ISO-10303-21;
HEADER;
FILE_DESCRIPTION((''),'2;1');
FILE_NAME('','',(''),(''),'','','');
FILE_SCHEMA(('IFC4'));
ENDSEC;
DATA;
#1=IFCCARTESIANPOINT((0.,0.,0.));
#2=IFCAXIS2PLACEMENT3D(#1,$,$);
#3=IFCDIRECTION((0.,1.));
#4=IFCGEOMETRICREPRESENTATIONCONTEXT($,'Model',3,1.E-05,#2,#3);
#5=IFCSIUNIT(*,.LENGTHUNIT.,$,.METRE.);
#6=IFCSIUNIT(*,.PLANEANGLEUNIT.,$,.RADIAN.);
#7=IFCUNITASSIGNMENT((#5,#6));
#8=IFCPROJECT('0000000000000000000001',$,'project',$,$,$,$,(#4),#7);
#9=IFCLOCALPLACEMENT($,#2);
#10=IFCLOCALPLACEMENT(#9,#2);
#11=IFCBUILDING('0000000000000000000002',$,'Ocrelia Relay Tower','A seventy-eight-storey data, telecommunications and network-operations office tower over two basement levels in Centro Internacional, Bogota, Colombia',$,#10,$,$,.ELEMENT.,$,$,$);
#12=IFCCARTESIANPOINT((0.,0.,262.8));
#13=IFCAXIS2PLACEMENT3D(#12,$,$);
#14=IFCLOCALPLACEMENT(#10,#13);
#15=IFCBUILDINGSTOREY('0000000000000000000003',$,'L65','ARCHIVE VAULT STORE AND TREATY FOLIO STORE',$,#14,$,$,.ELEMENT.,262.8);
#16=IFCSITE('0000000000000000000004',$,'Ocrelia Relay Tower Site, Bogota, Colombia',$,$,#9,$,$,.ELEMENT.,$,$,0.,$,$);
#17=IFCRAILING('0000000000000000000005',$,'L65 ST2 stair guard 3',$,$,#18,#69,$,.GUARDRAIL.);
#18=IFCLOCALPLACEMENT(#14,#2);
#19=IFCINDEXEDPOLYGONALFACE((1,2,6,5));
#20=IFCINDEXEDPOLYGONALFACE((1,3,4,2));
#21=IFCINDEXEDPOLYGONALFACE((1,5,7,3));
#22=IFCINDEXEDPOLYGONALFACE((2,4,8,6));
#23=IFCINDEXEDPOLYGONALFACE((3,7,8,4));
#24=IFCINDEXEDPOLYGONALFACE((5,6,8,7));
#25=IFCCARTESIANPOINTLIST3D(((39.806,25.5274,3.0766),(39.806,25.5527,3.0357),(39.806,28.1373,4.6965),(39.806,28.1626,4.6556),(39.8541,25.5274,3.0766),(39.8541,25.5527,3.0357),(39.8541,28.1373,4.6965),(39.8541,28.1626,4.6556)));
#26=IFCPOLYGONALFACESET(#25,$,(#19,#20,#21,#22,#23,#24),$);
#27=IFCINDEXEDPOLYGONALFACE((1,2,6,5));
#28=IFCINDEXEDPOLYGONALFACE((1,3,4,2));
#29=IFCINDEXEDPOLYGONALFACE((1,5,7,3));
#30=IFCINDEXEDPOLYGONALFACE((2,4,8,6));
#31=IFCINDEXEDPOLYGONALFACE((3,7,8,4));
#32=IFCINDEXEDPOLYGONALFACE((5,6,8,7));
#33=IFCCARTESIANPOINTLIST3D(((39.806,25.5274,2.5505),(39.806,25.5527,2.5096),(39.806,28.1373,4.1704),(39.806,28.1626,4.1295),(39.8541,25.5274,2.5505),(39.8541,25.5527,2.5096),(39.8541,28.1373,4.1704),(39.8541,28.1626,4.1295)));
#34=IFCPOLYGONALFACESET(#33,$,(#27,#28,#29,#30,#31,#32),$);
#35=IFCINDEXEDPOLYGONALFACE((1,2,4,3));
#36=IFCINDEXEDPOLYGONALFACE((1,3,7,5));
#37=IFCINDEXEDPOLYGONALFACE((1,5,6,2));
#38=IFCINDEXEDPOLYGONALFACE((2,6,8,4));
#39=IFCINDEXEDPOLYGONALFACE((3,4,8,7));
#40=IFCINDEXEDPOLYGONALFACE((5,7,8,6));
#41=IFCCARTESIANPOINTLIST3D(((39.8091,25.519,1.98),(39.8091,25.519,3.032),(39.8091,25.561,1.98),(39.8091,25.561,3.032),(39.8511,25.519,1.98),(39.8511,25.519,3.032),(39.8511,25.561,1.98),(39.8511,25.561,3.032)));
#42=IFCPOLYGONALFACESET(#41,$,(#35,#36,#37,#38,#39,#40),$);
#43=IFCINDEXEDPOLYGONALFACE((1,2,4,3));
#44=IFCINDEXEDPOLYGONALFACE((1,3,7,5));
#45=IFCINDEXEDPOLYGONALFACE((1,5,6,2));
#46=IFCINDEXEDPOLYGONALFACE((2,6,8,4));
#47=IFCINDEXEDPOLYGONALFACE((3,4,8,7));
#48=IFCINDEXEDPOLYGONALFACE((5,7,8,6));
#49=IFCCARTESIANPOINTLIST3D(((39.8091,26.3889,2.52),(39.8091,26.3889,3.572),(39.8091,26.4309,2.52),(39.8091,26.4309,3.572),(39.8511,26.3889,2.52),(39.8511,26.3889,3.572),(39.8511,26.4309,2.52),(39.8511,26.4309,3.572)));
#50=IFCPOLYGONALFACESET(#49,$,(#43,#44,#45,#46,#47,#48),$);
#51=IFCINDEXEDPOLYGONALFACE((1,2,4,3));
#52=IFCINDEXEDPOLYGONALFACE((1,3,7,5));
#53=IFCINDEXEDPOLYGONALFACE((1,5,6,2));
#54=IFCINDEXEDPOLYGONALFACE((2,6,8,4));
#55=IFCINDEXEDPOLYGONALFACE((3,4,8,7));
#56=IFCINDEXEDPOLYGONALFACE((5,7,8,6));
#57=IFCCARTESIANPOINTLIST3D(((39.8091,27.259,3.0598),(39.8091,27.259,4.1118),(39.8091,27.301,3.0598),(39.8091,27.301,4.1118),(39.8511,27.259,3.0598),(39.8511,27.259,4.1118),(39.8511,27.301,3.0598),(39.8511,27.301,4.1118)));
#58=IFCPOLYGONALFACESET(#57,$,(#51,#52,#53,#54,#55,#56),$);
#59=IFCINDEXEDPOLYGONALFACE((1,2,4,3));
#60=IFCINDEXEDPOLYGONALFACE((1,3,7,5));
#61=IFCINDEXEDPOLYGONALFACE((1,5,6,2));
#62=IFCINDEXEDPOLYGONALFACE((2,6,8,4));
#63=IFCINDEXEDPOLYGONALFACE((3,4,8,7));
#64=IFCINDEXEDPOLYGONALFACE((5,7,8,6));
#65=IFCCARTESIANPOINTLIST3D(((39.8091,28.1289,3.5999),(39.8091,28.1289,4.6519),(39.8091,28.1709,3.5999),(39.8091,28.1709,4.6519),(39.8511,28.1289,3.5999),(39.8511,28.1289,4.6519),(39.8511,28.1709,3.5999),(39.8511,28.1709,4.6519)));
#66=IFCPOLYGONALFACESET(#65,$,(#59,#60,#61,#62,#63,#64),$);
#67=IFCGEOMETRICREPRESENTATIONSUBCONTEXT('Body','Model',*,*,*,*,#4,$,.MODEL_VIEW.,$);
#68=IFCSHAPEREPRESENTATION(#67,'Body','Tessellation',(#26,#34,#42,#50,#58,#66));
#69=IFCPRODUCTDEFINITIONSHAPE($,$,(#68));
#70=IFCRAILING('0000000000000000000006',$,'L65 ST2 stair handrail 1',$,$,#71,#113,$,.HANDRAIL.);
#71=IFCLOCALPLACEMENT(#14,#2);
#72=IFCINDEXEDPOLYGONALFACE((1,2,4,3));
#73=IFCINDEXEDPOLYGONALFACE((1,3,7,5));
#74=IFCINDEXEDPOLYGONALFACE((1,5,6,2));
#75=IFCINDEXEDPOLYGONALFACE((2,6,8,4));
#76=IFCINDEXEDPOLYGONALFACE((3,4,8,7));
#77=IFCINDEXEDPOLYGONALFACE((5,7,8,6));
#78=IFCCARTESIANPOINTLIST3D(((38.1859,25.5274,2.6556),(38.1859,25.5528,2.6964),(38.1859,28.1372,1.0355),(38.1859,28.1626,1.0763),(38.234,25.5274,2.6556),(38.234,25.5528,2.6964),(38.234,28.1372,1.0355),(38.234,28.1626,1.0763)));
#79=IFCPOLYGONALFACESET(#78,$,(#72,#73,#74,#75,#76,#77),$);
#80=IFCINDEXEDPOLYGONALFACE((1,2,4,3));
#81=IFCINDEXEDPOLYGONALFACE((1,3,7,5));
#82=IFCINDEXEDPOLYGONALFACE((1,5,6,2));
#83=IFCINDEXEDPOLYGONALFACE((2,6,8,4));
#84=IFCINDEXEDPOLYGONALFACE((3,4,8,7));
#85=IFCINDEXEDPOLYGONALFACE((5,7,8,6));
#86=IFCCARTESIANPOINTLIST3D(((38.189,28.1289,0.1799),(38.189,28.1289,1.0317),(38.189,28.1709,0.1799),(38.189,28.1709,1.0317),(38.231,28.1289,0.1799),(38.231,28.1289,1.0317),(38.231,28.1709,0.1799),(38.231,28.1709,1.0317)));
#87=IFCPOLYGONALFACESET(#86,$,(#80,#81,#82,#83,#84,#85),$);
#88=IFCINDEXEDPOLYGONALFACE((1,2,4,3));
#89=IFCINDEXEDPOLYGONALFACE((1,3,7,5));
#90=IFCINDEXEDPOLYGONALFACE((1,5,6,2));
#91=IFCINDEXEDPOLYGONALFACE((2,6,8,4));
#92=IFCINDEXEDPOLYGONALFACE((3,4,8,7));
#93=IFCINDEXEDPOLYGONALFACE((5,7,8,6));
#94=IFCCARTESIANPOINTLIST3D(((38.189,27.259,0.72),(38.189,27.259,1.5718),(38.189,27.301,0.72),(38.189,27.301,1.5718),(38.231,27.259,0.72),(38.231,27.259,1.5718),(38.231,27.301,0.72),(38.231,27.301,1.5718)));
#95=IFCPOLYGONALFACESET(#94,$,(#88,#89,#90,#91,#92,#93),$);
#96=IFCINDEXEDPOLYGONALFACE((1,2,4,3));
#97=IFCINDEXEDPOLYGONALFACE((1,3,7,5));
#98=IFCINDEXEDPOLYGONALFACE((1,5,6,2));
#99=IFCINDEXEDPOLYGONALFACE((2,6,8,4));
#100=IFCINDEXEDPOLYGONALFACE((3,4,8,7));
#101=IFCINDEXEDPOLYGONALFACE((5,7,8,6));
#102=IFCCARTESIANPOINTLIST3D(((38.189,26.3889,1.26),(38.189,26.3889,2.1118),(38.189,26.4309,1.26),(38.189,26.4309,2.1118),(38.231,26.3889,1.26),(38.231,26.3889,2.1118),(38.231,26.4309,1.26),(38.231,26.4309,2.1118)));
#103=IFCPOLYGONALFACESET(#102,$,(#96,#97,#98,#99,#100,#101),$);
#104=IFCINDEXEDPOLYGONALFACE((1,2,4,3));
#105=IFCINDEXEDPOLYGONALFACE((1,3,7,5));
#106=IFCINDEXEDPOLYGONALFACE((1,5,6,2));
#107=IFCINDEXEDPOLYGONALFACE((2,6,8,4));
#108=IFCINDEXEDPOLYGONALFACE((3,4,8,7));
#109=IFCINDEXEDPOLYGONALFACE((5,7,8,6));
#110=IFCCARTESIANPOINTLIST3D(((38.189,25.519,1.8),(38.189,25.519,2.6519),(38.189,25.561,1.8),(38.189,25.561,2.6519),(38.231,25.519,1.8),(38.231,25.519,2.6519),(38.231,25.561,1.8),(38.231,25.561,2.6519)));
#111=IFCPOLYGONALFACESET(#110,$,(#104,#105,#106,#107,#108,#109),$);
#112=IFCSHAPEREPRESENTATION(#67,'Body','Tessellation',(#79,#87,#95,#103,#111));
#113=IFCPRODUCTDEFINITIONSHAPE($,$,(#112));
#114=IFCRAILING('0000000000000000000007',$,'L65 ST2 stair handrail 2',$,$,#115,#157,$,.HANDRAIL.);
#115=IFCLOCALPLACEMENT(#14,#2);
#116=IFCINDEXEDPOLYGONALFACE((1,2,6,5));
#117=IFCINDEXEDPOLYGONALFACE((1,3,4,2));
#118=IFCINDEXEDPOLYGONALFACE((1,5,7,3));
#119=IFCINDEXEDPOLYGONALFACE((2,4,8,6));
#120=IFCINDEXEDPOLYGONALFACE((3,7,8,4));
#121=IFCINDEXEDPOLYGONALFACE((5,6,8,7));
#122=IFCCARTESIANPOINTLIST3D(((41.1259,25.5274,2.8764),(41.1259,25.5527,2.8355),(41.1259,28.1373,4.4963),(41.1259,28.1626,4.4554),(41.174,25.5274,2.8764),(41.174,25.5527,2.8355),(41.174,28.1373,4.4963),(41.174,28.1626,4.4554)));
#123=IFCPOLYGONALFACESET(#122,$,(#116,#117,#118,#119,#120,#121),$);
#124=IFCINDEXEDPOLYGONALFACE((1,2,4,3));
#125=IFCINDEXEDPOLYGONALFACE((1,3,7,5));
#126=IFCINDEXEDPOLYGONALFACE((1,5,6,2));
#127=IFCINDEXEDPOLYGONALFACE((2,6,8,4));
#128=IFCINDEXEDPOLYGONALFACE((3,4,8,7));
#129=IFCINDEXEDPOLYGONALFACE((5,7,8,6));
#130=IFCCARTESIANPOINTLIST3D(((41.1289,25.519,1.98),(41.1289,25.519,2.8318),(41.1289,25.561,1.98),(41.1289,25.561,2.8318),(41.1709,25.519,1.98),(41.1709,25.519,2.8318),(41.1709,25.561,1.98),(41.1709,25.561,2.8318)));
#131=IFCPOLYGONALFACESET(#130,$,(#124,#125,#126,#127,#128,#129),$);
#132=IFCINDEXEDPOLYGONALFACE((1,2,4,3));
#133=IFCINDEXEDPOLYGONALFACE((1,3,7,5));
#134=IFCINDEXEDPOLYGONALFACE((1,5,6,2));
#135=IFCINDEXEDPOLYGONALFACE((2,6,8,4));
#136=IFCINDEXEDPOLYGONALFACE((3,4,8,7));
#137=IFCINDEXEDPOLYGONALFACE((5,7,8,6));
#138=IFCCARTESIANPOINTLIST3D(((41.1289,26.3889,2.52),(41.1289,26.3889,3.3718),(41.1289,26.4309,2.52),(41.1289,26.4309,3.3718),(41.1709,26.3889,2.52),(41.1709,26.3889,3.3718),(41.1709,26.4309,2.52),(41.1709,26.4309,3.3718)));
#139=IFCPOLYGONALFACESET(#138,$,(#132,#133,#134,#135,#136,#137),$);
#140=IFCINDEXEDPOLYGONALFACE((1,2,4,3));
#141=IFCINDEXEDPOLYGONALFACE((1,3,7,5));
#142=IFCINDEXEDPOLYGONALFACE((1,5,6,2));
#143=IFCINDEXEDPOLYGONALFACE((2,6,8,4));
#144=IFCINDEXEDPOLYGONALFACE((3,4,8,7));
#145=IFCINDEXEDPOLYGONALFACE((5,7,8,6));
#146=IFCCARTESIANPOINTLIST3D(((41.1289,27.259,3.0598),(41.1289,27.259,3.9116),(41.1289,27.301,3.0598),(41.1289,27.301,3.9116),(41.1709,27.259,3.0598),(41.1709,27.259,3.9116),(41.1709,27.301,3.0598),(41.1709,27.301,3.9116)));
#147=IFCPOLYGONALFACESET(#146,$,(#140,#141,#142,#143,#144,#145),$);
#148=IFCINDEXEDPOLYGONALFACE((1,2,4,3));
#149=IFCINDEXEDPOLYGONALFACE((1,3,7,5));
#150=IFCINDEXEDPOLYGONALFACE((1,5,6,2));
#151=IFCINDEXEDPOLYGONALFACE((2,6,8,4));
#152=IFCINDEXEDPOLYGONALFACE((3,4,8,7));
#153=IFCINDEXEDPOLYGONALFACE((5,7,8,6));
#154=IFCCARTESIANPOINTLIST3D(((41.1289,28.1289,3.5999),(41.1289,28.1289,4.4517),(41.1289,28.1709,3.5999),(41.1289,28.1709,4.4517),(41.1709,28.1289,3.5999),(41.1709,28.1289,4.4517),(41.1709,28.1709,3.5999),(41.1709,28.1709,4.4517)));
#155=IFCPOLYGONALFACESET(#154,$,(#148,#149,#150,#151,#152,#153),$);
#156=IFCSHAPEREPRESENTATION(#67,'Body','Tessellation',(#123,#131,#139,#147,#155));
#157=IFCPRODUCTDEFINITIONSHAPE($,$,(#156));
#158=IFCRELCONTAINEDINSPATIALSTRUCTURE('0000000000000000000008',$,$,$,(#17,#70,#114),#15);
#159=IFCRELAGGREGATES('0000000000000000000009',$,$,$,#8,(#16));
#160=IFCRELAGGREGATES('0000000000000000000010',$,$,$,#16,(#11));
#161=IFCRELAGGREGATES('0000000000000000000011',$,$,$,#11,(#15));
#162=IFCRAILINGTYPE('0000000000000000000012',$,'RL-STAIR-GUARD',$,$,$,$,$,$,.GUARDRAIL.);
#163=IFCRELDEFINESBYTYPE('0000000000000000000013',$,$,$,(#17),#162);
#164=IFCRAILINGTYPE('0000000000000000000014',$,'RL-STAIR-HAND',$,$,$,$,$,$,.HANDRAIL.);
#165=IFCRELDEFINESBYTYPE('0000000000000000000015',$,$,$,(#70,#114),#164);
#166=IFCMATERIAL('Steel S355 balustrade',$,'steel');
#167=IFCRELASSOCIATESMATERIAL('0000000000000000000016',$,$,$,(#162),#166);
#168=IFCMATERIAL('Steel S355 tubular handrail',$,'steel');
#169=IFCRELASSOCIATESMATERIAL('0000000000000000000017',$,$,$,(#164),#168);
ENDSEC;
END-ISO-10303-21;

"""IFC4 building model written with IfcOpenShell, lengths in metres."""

from ifc_helpers import new_model, si_unit, direction, frame, origin, origin_2d, place, context, subcontext, project, spatial, rectangle, extrude, material, type_object, element, save


model = new_model("IFC4")

# Units and contexts
model_context = context("Model", 3, precision=1e-05, world=origin(), true_north=direction((0.0, 1.0)))
body_context = subcontext(model_context, "Body", "Model", "MODEL_VIEW")
ifc_project = project(units=[si_unit("LENGTHUNIT", "METRE"), si_unit("PLANEANGLEUNIT", "RADIAN")], contexts=[model_context])

# Site, building, storey
site_placement = place(None, origin())
site = spatial("IfcSite", under=ifc_project, at=site_placement, Name="Ocrelia Relay Tower Site, Bogota, Colombia", CompositionType="ELEMENT", RefElevation=0.0)
building_placement = place(site_placement, origin())
building = spatial("IfcBuilding", under=site, at=building_placement, Name="Ocrelia Relay Tower", Description="A seventy-eight-storey data, telecommunications and network-operations office tower over two basement levels in Centro Internacional, Bogota, Colombia", CompositionType="ELEMENT")
storey_placement = place(building_placement, frame((0.0, 0.0, 262.8)))
storey = spatial("IfcBuildingStorey", under=building, at=storey_placement, Name="L65", Description="ARCHIVE VAULT STORE AND TREATY FOLIO STORE", CompositionType="ELEMENT", Elevation=262.8)

# Railings
ifc_material_1 = material(Name="Steel S355 balustrade", Category="steel")
railing_type_1 = type_object("IfcRailingType", Name="RL-STAIR-GUARD", PredefinedType="GUARDRAIL", material=ifc_material_1)
railing_1_placement = place(storey_placement, frame((39.8301, 25.54, 1.98)))
element("IfcRailing", 1, at=railing_1_placement, inside=storey, type_object=railing_type_1, Name="L65 ST2 stair guard 3", PredefinedType="GUARDRAIL", context=body_context, shape_type="SweptSolid", body=[
    extrude(rectangle(XDim=0.0481, YDim=0.0481, at=origin_2d()), frame((0.0, 0.0, 1.0762), z_axis=(0.0, 0.849646, 0.527353), x_axis=(-1.0, 0.0, 0.0)), (0.0, 0.0, 1.0), 3.0718),
    extrude(rectangle(XDim=0.0481, YDim=0.0481, at=origin_2d()), frame((0.0, 0.0, 0.55), z_axis=(0.0, 0.849646, 0.527353), x_axis=(-1.0, 0.0, 0.0)), (0.0, 0.0, 1.0), 3.0718),
    extrude(rectangle(XDim=0.042, YDim=0.042, at=origin_2d()), origin(), (0.0, 0.0, 1.0), 1.052),
    extrude(rectangle(XDim=0.042, YDim=0.042, at=origin_2d()), frame((0.0, 0.8699, 0.54)), (0.0, 0.0, 1.0), 1.052),
    extrude(rectangle(XDim=0.042, YDim=0.042, at=origin_2d()), frame((0.0, 1.74, 1.0798)), (0.0, 0.0, 1.0), 1.052),
    extrude(rectangle(XDim=0.042, YDim=0.042, at=origin_2d()), frame((0.0, 2.6099, 1.6199)), (0.0, 0.0, 1.0), 1.052),
])
ifc_material_2 = material(Name="Steel S355 tubular handrail", Category="steel")
railing_type_2 = type_object("IfcRailingType", Name="RL-STAIR-HAND", PredefinedType="HANDRAIL", material=ifc_material_2)
railing_2_placement = place(storey_placement, frame((38.21, 28.1499, 0.1799)))
element("IfcRailing", 2, at=railing_2_placement, inside=storey, type_object=railing_type_2, Name="L65 ST2 stair handrail 1", PredefinedType="HANDRAIL", context=body_context, shape_type="SweptSolid", body=[
    extrude(rectangle(XDim=0.0481, YDim=0.0481, at=origin_2d()), frame((0.0, 0.0, 0.876), z_axis=(0.0, -0.849611, 0.52741), x_axis=(1.0, 0.0, 0.0)), (0.0, 0.0, 1.0), 3.0718),
    extrude(rectangle(XDim=0.042, YDim=0.042, at=origin_2d()), origin(), (0.0, 0.0, 1.0), 0.8518),
    extrude(rectangle(XDim=0.042, YDim=0.042, at=origin_2d()), frame((0.0, -0.8699, 0.54)), (0.0, 0.0, 1.0), 0.8518),
    extrude(rectangle(XDim=0.042, YDim=0.042, at=origin_2d()), frame((0.0, -1.74, 1.0801)), (0.0, 0.0, 1.0), 0.8518),
    extrude(rectangle(XDim=0.042, YDim=0.042, at=origin_2d()), frame((0.0, -2.6099, 1.6201)), (0.0, 0.0, 1.0), 0.8518),
])
railing_3_placement = place(storey_placement, frame((41.1499, 25.54, 1.98)))
element("IfcRailing", 3, at=railing_3_placement, inside=storey, type_object=railing_type_2, Name="L65 ST2 stair handrail 2", PredefinedType="HANDRAIL", context=body_context, shape_type="SweptSolid", body=[
    extrude(rectangle(XDim=0.0481, YDim=0.0481, at=origin_2d()), frame((0.0, 0.0, 0.876), z_axis=(0.0, 0.849646, 0.527353), x_axis=(-1.0, 0.0, 0.0)), (0.0, 0.0, 1.0), 3.0718),
    extrude(rectangle(XDim=0.042, YDim=0.042, at=origin_2d()), origin(), (0.0, 0.0, 1.0), 0.8518),
    extrude(rectangle(XDim=0.042, YDim=0.042, at=origin_2d()), frame((0.0, 0.8699, 0.54)), (0.0, 0.0, 1.0), 0.8518),
    extrude(rectangle(XDim=0.042, YDim=0.042, at=origin_2d()), frame((0.0, 1.74, 1.0798)), (0.0, 0.0, 1.0), 0.8518),
    extrude(rectangle(XDim=0.042, YDim=0.042, at=origin_2d()), frame((0.0, 2.6099, 1.6199)), (0.0, 0.0, 1.0), 0.8518),
])

save(model, "model.ifc")
